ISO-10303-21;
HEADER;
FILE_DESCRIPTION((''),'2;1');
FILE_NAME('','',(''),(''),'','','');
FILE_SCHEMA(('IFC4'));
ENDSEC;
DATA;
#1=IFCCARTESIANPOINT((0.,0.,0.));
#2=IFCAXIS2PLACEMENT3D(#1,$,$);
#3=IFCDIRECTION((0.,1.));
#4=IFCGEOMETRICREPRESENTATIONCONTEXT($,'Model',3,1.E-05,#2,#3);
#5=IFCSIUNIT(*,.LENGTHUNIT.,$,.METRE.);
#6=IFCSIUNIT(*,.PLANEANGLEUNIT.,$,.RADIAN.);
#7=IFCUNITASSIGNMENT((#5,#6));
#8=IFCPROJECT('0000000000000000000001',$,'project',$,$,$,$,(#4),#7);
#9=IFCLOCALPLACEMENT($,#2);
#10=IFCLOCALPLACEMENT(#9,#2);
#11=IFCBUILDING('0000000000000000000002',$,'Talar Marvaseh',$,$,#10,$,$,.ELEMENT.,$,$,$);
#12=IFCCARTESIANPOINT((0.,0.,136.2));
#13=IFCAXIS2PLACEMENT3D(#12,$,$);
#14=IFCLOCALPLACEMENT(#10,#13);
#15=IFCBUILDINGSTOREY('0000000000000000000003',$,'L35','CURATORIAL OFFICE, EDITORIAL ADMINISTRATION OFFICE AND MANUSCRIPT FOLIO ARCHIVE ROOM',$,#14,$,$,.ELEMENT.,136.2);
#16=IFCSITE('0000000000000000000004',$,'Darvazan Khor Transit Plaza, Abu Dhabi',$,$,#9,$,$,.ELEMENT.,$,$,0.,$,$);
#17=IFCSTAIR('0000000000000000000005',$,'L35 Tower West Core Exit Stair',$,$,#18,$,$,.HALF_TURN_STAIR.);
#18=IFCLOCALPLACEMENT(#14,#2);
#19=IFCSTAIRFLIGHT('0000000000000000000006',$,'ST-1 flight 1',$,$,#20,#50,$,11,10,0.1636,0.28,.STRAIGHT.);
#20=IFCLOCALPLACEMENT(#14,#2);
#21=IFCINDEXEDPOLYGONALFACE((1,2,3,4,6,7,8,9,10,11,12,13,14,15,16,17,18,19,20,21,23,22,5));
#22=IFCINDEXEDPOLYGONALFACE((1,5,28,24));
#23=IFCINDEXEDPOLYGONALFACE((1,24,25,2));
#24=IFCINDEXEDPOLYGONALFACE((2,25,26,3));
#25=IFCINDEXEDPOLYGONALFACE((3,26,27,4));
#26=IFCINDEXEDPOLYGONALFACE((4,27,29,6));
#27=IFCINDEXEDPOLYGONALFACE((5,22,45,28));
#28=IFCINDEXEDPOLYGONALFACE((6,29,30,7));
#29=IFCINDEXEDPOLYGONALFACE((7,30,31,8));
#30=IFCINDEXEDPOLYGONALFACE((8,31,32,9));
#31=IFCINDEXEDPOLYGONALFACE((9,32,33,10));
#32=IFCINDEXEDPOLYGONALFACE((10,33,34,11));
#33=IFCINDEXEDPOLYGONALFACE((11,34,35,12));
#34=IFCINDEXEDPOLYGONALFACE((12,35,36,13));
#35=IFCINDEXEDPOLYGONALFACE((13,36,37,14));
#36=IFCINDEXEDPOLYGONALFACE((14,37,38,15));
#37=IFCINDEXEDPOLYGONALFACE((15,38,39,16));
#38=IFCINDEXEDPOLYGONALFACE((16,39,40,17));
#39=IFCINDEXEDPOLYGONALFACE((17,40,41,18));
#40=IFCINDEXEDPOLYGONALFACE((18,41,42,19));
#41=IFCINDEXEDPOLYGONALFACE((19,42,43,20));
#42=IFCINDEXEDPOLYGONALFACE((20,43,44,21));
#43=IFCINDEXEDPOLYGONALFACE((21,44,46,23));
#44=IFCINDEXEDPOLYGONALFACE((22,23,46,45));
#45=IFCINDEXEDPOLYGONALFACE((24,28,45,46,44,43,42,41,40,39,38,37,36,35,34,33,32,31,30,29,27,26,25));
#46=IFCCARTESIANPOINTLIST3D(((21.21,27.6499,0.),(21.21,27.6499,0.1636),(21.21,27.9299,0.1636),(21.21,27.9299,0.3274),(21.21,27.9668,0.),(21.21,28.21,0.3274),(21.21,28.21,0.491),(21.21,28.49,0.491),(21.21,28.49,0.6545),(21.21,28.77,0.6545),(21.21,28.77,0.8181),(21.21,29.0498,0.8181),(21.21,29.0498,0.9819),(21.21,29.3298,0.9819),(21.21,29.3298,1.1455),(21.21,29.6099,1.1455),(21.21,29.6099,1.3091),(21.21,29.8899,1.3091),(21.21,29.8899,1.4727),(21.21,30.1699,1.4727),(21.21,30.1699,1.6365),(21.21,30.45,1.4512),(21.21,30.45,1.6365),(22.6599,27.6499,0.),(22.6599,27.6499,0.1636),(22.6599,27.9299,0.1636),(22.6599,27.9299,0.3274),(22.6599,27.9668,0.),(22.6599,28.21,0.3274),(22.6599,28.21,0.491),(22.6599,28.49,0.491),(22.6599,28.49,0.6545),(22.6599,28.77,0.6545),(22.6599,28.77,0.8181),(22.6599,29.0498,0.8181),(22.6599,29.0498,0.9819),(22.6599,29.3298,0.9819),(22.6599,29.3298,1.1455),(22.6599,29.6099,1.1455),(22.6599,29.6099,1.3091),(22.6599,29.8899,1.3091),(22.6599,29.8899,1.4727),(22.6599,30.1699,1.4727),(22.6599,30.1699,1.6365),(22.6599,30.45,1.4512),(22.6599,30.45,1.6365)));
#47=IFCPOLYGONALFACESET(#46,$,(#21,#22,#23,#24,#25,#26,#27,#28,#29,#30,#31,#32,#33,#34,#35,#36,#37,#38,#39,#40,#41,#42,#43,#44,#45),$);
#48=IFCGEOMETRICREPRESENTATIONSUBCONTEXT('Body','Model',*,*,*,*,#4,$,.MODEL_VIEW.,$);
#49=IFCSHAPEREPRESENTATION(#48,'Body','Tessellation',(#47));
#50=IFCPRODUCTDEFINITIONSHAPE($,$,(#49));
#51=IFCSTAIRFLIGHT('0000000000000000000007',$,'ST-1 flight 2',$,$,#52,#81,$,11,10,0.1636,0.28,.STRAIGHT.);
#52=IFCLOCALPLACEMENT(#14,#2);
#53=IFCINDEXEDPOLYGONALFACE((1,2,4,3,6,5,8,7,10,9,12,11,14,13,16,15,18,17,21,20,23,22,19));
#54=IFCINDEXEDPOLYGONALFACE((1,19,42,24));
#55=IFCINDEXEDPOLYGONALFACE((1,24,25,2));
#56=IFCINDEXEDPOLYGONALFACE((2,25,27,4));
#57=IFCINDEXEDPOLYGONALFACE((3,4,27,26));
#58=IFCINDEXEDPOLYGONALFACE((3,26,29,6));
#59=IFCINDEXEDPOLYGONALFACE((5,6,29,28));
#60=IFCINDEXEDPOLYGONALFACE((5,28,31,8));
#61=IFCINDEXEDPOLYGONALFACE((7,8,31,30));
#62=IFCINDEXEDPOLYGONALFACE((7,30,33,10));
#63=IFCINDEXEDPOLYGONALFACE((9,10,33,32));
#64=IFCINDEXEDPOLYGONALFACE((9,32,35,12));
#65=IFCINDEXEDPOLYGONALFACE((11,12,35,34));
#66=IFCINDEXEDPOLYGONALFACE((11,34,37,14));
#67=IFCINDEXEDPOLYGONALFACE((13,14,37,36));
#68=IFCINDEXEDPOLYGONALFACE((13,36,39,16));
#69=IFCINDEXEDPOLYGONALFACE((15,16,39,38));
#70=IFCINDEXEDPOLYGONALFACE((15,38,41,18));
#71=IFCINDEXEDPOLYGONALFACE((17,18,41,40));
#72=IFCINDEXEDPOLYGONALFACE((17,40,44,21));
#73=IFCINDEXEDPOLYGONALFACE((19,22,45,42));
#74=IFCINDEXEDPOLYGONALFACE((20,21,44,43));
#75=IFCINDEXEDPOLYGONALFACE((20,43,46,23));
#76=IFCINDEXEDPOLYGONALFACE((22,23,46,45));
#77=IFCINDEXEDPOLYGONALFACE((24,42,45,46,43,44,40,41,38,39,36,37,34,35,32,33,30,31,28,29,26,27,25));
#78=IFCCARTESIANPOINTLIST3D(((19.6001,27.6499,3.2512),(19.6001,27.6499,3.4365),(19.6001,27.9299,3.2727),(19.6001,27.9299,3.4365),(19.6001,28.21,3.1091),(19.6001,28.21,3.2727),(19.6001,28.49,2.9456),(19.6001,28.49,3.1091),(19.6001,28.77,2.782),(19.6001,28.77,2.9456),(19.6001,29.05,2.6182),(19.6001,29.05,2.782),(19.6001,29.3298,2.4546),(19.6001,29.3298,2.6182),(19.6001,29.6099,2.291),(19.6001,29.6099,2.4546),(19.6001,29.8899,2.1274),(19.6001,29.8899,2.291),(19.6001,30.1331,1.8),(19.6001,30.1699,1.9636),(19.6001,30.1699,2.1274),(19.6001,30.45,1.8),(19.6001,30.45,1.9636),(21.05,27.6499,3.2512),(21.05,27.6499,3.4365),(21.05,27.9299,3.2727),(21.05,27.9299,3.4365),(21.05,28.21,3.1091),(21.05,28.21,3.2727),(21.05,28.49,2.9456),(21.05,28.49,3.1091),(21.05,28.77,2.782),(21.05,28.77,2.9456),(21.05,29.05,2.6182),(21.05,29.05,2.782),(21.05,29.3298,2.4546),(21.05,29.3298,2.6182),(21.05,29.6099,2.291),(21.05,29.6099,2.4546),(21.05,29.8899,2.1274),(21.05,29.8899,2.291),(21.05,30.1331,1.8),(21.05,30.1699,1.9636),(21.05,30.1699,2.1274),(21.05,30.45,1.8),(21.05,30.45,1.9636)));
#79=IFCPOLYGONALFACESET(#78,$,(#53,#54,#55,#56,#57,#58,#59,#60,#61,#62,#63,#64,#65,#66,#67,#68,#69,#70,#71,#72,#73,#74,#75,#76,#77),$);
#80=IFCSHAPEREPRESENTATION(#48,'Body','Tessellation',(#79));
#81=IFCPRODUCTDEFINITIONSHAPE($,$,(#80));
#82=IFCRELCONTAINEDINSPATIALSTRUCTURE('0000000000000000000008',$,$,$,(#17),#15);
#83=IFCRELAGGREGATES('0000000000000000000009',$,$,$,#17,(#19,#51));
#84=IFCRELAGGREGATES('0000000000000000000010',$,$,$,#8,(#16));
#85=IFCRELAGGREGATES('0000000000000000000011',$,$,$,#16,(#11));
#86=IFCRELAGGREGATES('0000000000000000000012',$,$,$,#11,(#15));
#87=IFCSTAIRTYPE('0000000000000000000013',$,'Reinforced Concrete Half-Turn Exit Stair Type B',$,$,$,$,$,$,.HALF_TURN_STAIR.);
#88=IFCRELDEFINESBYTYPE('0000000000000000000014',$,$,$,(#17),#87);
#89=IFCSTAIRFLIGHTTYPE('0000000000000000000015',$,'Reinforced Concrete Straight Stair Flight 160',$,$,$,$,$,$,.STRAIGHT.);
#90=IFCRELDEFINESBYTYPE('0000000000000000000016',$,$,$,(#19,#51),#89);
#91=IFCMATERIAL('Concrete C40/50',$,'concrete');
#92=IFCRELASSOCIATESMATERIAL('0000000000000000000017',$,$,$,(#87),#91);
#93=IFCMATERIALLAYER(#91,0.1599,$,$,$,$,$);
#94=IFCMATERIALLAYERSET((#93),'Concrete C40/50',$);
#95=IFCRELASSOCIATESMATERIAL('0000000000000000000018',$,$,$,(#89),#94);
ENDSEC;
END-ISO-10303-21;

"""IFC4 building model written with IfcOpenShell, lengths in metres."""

from ifc_helpers import new_model, si_unit, direction, frame, origin, place, context, subcontext, project, spatial, polyline, outline, extrude, material, layer, layer_set, type_object, element, aggregate, save


model = new_model("IFC4")

# Units and contexts
model_context = context("Model", 3, precision=1e-05, world=origin(), true_north=direction((0.0, 1.0)))
body_context = subcontext(model_context, "Body", "Model", "MODEL_VIEW")
ifc_project = project(units=[si_unit("LENGTHUNIT", "METRE"), si_unit("PLANEANGLEUNIT", "RADIAN")], contexts=[model_context])

# Site, building, storey
site_placement = place(None, origin())
site = spatial("IfcSite", under=ifc_project, at=site_placement, Name="Darvazan Khor Transit Plaza, Abu Dhabi", CompositionType="ELEMENT", RefElevation=0.0)
building_placement = place(site_placement, origin())
building = spatial("IfcBuilding", under=site, at=building_placement, Name="Talar Marvaseh", CompositionType="ELEMENT")
storey_placement = place(building_placement, frame((0.0, 0.0, 136.2)))
storey = spatial("IfcBuildingStorey", under=building, at=storey_placement, Name="L35", Description="CURATORIAL OFFICE, EDITORIAL ADMINISTRATION OFFICE AND MANUSCRIPT FOLIO ARCHIVE ROOM", CompositionType="ELEMENT", Elevation=136.2)

# Stair, stair flights
ifc_material_1 = material(Name="Concrete C40/50", Category="concrete")
stair_type = type_object("IfcStairType", Name="Reinforced Concrete Half-Turn Exit Stair Type B", PredefinedType="HALF_TURN_STAIR", material=ifc_material_1)
stair_placement = place(storey_placement, origin())
stair = element("IfcStair", 1, at=stair_placement, inside=storey, type_object=stair_type, Name="L35 Tower West Core Exit Stair", PredefinedType="HALF_TURN_STAIR")
ifc_layer_1 = layer(ifc_material_1, 0.1599)
ifc_layer_set_1 = layer_set([ifc_layer_1], Name="Concrete C40/50")
stair_flight_type = type_object("IfcStairFlightType", Name="Reinforced Concrete Straight Stair Flight 160", PredefinedType="STRAIGHT", material=ifc_layer_set_1)
stair_flight_1_placement = place(storey_placement, frame((21.9351, 27.6499, 0.0), z_axis=(0.0, 0.0, 1.0), x_axis=(0.0, 1.0, 0.0)))
stair_flight_1 = element("IfcStairFlight", 2, at=stair_flight_1_placement, type_object=stair_flight_type, Name="ST-1 flight 1", NumberOfRisers=11, NumberOfTreads=10, PredefinedType="STRAIGHT", RiserHeight=0.1636, TreadLength=0.28, context=body_context, shape_type="SweptSolid", body=[
    extrude(outline(polyline([(0.0, 0.0), (0.0, 0.1636), (0.28, 0.1636), (0.28, 0.3274), (0.5601, 0.3274), (0.5601, 0.491), (0.8401, 0.491), (0.8401, 0.6545), (1.1201, 0.6545), (1.1201, 0.8181), (1.3999, 0.8181), (1.3999, 0.9819), (1.6799, 0.9819), (1.6799, 1.1455), (1.96, 1.1455), (1.96, 1.3091), (2.24, 1.3091), (2.24, 1.4727), (2.52, 1.4727), (2.52, 1.6365), (2.8, 1.6365), (2.8, 1.8), (2.8, 1.4512), (0.3169, 0.0), (0.0, 0.0)])), frame((0.0, 0.7251, 0.0), z_axis=(0.0, -1.0, 0.0), x_axis=(1.0, 0.0, 0.0)), (0.0, 0.0, 1.0), 1.45),
])
stair_flight_2_placement = place(storey_placement, frame((20.325, 30.45, 1.8), z_axis=(0.0, 0.0, 1.0), x_axis=(0.0, -1.0, 0.0)))
stair_flight_2 = element("IfcStairFlight", 3, at=stair_flight_2_placement, type_object=stair_flight_type, Name="ST-1 flight 2", NumberOfRisers=11, NumberOfTreads=10, PredefinedType="STRAIGHT", RiserHeight=0.1636, TreadLength=0.28, context=body_context, shape_type="SweptSolid", body=[
    extrude(outline(polyline([(0.0, 0.0), (0.0, 0.1636), (0.28, 0.1636), (0.28, 0.3274), (0.5601, 0.3274), (0.5601, 0.491), (0.8401, 0.491), (0.8401, 0.6545), (1.1201, 0.6545), (1.1201, 0.8181), (1.3999, 0.8181), (1.3999, 0.9819), (1.6799, 0.9819), (1.6799, 1.1455), (1.96, 1.1455), (1.96, 1.3091), (2.24, 1.3091), (2.24, 1.4727), (2.52, 1.4727), (2.52, 1.6365), (2.8, 1.6365), (2.8, 1.8), (2.8, 1.4512), (0.3169, 0.0), (0.0, 0.0)])), frame((0.0, 0.7251, 0.0), z_axis=(0.0, -1.0, 0.0), x_axis=(1.0, 0.0, 0.0)), (0.0, 0.0, 1.0), 1.45),
])
aggregate(stair, [stair_flight_1, stair_flight_2])

save(model, "model.ifc")
